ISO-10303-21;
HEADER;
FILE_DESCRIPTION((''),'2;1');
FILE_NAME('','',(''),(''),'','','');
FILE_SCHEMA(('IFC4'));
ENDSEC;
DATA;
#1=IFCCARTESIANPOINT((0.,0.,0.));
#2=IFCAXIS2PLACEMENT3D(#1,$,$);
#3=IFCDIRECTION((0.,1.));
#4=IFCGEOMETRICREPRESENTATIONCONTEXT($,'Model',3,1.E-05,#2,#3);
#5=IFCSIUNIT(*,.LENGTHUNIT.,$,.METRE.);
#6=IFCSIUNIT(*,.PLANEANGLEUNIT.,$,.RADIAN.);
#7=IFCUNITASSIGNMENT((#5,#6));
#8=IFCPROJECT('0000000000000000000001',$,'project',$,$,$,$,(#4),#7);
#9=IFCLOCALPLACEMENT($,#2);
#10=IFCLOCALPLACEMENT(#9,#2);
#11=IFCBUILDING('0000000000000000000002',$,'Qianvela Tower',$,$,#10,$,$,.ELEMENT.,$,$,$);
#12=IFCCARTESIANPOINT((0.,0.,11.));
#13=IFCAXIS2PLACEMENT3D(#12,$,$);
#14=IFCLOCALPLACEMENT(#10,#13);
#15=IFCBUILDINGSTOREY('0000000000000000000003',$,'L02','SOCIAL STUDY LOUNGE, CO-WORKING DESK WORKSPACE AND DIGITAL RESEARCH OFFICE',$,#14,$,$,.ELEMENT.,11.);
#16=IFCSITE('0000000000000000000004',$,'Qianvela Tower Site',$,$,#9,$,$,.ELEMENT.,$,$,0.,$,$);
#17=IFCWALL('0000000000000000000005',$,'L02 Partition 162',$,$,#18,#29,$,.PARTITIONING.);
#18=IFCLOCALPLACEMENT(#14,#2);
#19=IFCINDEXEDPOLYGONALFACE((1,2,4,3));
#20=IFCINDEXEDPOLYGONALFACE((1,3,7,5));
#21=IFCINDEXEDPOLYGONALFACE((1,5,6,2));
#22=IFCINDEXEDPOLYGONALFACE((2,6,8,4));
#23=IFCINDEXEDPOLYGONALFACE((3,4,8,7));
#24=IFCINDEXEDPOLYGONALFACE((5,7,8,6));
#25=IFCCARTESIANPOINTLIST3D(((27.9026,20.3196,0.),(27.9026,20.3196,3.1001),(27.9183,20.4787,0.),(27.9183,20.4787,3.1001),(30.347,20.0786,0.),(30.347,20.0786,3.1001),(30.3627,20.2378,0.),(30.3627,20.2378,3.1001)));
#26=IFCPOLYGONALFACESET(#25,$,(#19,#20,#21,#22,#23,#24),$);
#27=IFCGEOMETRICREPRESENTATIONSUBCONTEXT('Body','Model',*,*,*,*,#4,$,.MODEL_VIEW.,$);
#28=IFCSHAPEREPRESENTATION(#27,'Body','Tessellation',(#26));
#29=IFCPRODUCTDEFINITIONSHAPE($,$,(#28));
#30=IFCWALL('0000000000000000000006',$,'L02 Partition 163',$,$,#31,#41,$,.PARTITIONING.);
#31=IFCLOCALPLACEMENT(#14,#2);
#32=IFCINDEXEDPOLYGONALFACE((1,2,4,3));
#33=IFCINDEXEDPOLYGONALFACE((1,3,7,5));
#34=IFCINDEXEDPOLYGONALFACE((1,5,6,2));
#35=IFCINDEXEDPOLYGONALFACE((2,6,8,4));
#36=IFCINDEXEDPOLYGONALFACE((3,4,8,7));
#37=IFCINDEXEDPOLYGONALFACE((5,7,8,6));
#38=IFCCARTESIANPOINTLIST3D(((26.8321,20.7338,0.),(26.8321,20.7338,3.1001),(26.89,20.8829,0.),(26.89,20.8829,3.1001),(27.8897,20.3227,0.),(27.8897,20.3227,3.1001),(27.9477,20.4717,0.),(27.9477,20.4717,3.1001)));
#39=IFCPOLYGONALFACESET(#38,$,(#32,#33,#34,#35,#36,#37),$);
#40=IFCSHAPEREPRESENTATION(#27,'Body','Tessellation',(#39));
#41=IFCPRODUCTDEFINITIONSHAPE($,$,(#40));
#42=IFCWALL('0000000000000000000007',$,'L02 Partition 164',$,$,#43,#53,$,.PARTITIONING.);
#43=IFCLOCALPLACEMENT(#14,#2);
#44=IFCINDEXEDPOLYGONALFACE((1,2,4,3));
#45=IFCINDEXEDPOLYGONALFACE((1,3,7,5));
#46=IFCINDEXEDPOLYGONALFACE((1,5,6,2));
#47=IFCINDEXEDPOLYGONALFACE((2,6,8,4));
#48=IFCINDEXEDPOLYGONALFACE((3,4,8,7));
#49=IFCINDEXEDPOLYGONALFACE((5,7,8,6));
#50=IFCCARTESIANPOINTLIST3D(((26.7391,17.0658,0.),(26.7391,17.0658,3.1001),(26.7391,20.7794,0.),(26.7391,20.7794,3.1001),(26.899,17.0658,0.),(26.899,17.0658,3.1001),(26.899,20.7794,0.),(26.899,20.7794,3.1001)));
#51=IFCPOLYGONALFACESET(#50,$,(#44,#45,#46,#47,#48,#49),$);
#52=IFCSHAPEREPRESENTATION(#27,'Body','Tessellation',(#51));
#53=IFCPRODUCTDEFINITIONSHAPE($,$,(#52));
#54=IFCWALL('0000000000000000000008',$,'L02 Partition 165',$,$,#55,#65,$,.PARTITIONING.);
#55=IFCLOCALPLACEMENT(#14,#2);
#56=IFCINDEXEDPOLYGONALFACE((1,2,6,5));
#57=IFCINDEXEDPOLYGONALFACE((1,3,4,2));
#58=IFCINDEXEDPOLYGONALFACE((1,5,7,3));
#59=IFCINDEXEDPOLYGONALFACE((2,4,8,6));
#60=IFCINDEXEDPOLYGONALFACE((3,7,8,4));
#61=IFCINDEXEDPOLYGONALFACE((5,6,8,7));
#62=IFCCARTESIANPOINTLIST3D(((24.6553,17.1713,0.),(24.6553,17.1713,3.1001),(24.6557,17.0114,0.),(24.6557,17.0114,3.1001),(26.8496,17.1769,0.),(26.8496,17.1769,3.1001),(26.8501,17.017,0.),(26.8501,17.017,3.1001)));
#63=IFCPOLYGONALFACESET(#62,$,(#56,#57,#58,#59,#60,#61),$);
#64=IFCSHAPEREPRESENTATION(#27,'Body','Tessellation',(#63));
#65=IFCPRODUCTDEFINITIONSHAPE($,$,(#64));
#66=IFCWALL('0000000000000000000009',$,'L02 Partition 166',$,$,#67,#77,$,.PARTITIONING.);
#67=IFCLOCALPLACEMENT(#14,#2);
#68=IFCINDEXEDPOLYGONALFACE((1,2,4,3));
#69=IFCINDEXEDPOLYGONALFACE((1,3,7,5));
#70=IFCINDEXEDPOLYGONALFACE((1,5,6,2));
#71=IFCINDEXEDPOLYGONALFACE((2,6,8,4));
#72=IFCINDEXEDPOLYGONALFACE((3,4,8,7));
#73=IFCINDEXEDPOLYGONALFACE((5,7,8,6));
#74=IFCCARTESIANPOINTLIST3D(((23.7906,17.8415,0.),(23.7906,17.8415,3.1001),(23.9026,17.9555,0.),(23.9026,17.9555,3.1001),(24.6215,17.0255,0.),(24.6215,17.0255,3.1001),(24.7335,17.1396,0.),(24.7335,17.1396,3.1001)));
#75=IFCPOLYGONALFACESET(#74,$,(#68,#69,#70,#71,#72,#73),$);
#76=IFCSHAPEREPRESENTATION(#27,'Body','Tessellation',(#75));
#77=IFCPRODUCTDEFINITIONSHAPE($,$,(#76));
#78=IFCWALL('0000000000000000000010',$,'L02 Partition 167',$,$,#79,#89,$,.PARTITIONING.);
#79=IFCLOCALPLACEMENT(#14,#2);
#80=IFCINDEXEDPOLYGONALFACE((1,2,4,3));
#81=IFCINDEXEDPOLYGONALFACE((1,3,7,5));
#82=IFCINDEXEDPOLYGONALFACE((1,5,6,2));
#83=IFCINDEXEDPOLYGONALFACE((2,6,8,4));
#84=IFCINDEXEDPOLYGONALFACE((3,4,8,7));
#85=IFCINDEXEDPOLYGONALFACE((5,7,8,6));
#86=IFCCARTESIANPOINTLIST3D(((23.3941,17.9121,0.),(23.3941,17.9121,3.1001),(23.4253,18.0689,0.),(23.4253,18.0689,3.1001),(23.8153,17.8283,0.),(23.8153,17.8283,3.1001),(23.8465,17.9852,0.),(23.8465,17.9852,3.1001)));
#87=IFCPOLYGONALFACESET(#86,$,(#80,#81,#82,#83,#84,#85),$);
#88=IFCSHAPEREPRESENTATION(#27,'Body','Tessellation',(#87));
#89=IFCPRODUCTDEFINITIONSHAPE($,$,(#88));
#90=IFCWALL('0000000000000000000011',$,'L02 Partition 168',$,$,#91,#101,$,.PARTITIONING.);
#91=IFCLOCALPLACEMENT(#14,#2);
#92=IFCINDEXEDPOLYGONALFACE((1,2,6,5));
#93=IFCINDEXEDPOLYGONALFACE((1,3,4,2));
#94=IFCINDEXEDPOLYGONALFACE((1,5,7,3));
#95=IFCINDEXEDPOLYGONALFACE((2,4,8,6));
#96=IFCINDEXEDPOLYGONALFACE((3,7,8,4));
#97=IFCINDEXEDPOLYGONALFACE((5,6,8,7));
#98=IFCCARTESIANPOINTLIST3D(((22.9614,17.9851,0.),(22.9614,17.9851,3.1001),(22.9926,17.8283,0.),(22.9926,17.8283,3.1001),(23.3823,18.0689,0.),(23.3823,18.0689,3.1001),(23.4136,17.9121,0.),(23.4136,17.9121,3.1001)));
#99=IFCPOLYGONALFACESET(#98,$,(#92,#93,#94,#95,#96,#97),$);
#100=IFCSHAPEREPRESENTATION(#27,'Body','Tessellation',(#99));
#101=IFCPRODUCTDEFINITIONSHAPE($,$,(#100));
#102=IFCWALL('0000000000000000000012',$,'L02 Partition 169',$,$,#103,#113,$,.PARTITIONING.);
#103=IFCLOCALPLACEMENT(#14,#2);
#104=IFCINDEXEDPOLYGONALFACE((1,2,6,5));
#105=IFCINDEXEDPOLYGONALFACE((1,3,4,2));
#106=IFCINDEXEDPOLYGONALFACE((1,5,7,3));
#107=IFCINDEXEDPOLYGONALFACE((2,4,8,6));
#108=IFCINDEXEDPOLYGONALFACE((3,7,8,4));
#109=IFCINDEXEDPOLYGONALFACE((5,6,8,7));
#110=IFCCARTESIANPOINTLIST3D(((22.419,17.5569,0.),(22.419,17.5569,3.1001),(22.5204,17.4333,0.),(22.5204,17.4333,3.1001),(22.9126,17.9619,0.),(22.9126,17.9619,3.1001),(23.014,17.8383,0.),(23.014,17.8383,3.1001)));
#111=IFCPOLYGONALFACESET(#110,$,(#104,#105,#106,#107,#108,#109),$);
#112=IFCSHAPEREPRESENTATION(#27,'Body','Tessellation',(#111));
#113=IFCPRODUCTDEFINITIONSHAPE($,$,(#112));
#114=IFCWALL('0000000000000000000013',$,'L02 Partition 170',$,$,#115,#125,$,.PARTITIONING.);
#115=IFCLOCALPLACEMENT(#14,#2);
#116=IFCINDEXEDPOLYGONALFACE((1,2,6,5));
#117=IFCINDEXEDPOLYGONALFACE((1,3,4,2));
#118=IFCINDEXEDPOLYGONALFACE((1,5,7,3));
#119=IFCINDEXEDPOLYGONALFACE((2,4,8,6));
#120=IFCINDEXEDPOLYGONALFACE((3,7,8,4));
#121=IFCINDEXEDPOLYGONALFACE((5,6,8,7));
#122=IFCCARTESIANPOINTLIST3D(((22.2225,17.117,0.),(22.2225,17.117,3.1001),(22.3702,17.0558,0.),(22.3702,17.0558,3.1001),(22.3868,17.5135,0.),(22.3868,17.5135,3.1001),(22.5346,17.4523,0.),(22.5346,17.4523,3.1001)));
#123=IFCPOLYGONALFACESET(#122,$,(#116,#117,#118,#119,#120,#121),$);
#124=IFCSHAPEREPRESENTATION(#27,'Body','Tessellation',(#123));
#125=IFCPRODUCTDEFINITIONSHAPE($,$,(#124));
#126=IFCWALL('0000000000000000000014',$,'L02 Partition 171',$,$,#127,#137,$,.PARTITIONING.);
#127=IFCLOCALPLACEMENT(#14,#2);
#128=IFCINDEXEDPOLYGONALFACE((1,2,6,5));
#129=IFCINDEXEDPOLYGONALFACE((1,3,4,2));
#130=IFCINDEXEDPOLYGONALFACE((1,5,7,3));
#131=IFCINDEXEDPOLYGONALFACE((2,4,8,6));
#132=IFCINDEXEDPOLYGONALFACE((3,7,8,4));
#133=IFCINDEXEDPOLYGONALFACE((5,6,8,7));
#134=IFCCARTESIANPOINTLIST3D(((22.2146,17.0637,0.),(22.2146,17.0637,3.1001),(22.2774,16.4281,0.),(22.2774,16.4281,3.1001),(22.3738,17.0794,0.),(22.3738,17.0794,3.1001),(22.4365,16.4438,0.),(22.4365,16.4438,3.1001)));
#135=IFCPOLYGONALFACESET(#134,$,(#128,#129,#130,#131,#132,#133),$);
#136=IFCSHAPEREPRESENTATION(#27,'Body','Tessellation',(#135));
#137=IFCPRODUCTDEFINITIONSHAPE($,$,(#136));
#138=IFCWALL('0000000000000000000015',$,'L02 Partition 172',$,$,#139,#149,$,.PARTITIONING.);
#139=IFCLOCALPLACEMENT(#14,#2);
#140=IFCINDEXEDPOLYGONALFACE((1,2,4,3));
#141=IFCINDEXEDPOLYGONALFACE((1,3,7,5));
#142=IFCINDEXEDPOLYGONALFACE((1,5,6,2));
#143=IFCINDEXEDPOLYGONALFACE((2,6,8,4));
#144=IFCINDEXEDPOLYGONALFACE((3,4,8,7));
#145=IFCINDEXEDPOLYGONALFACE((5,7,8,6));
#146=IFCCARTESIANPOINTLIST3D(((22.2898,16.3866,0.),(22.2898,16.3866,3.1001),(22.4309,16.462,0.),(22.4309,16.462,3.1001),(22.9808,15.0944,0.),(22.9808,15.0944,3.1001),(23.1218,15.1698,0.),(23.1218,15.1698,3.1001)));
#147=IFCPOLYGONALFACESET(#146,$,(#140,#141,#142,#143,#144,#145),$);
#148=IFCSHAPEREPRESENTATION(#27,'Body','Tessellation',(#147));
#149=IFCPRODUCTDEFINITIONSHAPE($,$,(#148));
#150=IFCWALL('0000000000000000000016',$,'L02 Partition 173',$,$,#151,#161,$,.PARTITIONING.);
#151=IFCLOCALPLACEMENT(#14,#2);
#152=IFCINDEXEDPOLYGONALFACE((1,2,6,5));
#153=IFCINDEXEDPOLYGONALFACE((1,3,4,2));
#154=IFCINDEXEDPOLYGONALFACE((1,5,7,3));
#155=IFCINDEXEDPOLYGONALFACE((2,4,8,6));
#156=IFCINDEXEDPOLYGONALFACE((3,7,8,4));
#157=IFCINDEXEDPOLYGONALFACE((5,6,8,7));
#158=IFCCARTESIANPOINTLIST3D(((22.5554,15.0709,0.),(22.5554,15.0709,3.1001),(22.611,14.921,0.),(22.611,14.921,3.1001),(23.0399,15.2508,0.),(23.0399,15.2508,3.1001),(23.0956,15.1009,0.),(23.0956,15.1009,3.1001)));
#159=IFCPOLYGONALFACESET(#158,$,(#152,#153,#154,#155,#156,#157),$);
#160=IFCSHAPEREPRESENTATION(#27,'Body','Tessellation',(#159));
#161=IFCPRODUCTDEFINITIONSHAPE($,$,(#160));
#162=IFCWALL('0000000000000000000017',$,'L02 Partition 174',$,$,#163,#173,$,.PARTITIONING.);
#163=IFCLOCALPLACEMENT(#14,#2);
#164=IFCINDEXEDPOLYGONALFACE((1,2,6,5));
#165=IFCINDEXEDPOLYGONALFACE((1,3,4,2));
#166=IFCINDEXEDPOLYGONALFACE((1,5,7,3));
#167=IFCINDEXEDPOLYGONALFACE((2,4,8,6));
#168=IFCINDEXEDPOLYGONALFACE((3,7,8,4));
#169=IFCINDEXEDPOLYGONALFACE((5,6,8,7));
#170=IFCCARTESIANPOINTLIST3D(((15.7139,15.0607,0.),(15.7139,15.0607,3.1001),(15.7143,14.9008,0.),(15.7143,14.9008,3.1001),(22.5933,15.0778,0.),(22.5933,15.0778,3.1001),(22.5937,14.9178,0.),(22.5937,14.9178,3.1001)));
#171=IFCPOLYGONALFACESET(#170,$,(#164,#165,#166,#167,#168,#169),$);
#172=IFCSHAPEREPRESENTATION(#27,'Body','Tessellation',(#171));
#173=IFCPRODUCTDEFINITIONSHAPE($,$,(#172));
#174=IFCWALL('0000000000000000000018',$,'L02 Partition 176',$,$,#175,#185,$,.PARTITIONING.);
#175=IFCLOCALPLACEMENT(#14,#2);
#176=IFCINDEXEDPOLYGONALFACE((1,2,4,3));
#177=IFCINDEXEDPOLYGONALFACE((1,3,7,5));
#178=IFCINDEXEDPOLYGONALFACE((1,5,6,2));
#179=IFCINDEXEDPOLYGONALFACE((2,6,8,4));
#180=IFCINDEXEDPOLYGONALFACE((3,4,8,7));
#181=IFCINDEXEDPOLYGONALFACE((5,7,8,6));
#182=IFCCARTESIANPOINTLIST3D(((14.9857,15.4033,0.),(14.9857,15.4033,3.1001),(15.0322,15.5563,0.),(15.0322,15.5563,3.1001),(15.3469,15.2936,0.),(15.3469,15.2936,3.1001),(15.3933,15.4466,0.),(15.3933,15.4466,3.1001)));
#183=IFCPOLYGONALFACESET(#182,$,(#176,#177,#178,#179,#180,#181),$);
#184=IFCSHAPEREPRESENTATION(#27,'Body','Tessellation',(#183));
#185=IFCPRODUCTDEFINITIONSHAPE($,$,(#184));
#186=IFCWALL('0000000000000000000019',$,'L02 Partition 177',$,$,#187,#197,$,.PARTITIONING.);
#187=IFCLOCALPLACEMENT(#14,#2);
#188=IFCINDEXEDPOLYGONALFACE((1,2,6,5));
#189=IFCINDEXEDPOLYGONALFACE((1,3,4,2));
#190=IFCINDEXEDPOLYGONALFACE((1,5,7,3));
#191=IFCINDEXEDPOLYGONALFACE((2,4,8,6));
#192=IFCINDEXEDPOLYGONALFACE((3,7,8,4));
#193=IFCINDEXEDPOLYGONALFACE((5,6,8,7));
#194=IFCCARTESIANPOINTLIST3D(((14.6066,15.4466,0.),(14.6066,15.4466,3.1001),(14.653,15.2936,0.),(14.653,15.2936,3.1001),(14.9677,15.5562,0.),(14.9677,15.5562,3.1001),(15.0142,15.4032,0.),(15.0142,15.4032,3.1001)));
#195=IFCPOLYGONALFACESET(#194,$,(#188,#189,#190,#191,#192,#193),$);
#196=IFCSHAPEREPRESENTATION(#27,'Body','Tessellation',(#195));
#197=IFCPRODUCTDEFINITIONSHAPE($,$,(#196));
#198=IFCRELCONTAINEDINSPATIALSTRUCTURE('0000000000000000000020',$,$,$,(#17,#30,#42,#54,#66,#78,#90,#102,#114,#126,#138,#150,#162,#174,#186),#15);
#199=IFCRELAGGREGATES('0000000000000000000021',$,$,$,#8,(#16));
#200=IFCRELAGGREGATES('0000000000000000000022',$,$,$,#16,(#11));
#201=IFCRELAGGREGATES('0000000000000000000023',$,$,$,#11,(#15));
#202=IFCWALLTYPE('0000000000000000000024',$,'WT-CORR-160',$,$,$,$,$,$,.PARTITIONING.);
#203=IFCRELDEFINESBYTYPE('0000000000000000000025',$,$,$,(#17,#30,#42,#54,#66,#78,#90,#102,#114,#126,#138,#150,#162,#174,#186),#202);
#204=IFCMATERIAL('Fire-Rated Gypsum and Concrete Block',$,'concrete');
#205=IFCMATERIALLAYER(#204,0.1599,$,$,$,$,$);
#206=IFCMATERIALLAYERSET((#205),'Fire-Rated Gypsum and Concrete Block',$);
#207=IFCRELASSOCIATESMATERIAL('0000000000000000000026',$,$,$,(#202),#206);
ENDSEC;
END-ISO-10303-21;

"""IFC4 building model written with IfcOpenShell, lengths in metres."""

from ifc_helpers import new_model, si_unit, direction, frame, frame_2d, origin, place, context, subcontext, project, spatial, rectangle, extrude, material, layer, layer_set, type_object, element, save


model = new_model("IFC4")

# Units and contexts
model_context = context("Model", 3, precision=1e-05, world=origin(), true_north=direction((0.0, 1.0)))
body_context = subcontext(model_context, "Body", "Model", "MODEL_VIEW")
ifc_project = project(units=[si_unit("LENGTHUNIT", "METRE"), si_unit("PLANEANGLEUNIT", "RADIAN")], contexts=[model_context])

# Site, building, storey
site_placement = place(None, origin())
site = spatial("IfcSite", under=ifc_project, at=site_placement, Name="Qianvela Tower Site", CompositionType="ELEMENT", RefElevation=0.0)
building_placement = place(site_placement, origin())
building = spatial("IfcBuilding", under=site, at=building_placement, Name="Qianvela Tower", CompositionType="ELEMENT")
storey_placement = place(building_placement, frame((0.0, 0.0, 11.0)))
storey = spatial("IfcBuildingStorey", under=building, at=storey_placement, Name="L02", Description="SOCIAL STUDY LOUNGE, CO-WORKING DESK WORKSPACE AND DIGITAL RESEARCH OFFICE", CompositionType="ELEMENT", Elevation=11.0)

# Walls
ifc_material_1 = material(Name="Fire-Rated Gypsum and Concrete Block", Category="concrete")
ifc_layer_1 = layer(ifc_material_1, 0.1599)
ifc_layer_set_1 = layer_set([ifc_layer_1], Name="Fire-Rated Gypsum and Concrete Block")
wall_type_1 = type_object("IfcWallType", Name="WT-CORR-160", PredefinedType="PARTITIONING", material=ifc_layer_set_1)
wall_1_placement = place(storey_placement, frame((30.3547, 20.1582, 0.0), z_axis=(0.0, 0.0, 1.0), x_axis=(-0.995176, 0.098106, 0.0)))
element("IfcWall", 1, at=wall_1_placement, inside=storey, type_object=wall_type_1, Name="L02 Partition 162", PredefinedType="PARTITIONING", context=body_context, shape_type="SweptSolid", body=[
    extrude(rectangle(XDim=2.4563, YDim=0.1599, at=frame_2d((1.228, 0.0))), origin(), (0.0, 0.0, 1.0), 3.1001),
])
wall_2_placement = place(storey_placement, frame((27.9187, 20.3972, 0.0), z_axis=(0.0, 0.0, 1.0), x_axis=(-0.932053, 0.362322, 0.0)))
element("IfcWall", 2, at=wall_2_placement, inside=storey, type_object=wall_type_1, Name="L02 Partition 163", PredefinedType="PARTITIONING", context=body_context, shape_type="SweptSolid", body=[
    extrude(rectangle(XDim=1.1348, YDim=0.1599, at=frame_2d((0.5674, 0.0))), origin(), (0.0, 0.0, 1.0), 3.1001),
])
wall_3_placement = place(storey_placement, frame((26.8191, 20.7795, 0.0), z_axis=(0.0, 0.0, 1.0), x_axis=(0.0, -1.0, 0.0)))
element("IfcWall", 3, at=wall_3_placement, inside=storey, type_object=wall_type_1, Name="L02 Partition 164", PredefinedType="PARTITIONING", context=body_context, shape_type="SweptSolid", body=[
    extrude(rectangle(XDim=3.7136, YDim=0.1599, at=frame_2d((1.8569, 0.0))), origin(), (0.0, 0.0, 1.0), 3.1001),
])
wall_4_placement = place(storey_placement, frame((26.8499, 17.0969, 0.0), z_axis=(0.0, 0.0, 1.0), x_axis=(-0.999997, -0.002559, 0.0)))
element("IfcWall", 4, at=wall_4_placement, inside=storey, type_object=wall_type_1, Name="L02 Partition 165", PredefinedType="PARTITIONING", context=body_context, shape_type="SweptSolid", body=[
    extrude(rectangle(XDim=2.1943, YDim=0.1599, at=frame_2d((1.0972, 0.0))), origin(), (0.0, 0.0, 1.0), 3.1001),
])
wall_5_placement = place(storey_placement, frame((24.6775, 17.0825, 0.0), z_axis=(0.0, 0.0, 1.0), x_axis=(-0.713472, 0.700683, 0.0)))
element("IfcWall", 5, at=wall_5_placement, inside=storey, type_object=wall_type_1, Name="L02 Partition 166", PredefinedType="PARTITIONING", context=body_context, shape_type="SweptSolid", body=[
    extrude(rectangle(XDim=1.1646, YDim=0.1599, at=frame_2d((0.5823, 0.0))), origin(), (0.0, 0.0, 1.0), 3.1001),
])
wall_6_placement = place(storey_placement, frame((23.8311, 17.9067, 0.0), z_axis=(0.0, 0.0, 1.0), x_axis=(-0.980799, 0.195023, 0.0)))
element("IfcWall", 6, at=wall_6_placement, inside=storey, type_object=wall_type_1, Name="L02 Partition 167", PredefinedType="PARTITIONING", context=body_context, shape_type="SweptSolid", body=[
    extrude(rectangle(XDim=0.4294, YDim=0.1599, at=frame_2d((0.2148, 0.0))), origin(), (0.0, 0.0, 1.0), 3.1001),
])
wall_7_placement = place(storey_placement, frame((23.3979, 17.9905, 0.0), z_axis=(0.0, 0.0, 1.0), x_axis=(-0.980777, -0.195131, 0.0)))
element("IfcWall", 7, at=wall_7_placement, inside=storey, type_object=wall_type_1, Name="L02 Partition 168", PredefinedType="PARTITIONING", context=body_context, shape_type="SweptSolid", body=[
    extrude(rectangle(XDim=0.4292, YDim=0.1599, at=frame_2d((0.2146, 0.0))), origin(), (0.0, 0.0, 1.0), 3.1001),
])
wall_8_placement = place(storey_placement, frame((22.9634, 17.9001, 0.0), z_axis=(0.0, 0.0, 1.0), x_axis=(-0.773088, -0.634299, 0.0)))
element("IfcWall", 8, at=wall_8_placement, inside=storey, type_object=wall_type_1, Name="L02 Partition 169", PredefinedType="PARTITIONING", context=body_context, shape_type="SweptSolid", body=[
    extrude(rectangle(XDim=0.6384, YDim=0.1599, at=frame_2d((0.3193, 0.0))), origin(), (0.0, 0.0, 1.0), 3.1001),
])
wall_9_placement = place(storey_placement, frame((22.4607, 17.4829, 0.0), z_axis=(0.0, 0.0, 1.0), x_axis=(-0.382837, -0.923816, 0.0)))
element("IfcWall", 9, at=wall_9_placement, inside=storey, type_object=wall_type_1, Name="L02 Partition 170", PredefinedType="PARTITIONING", context=body_context, shape_type="SweptSolid", body=[
    extrude(rectangle(XDim=0.4292, YDim=0.1599, at=frame_2d((0.2146, 0.0))), origin(), (0.0, 0.0, 1.0), 3.1001),
])
wall_10_placement = place(storey_placement, frame((22.2942, 17.0715, 0.0), z_axis=(0.0, 0.0, 1.0), x_axis=(0.098254, -0.995161, 0.0)))
element("IfcWall", 10, at=wall_10_placement, inside=storey, type_object=wall_type_1, Name="L02 Partition 171", PredefinedType="PARTITIONING", context=body_context, shape_type="SweptSolid", body=[
    extrude(rectangle(XDim=0.6387, YDim=0.1599, at=frame_2d((0.3193, 0.0))), origin(), (0.0, 0.0, 1.0), 3.1001),
])
wall_11_placement = place(storey_placement, frame((22.3604, 16.4243, 0.0), z_axis=(0.0, 0.0, 1.0), x_axis=(0.471505, -0.881864, 0.0)))
element("IfcWall", 11, at=wall_11_placement, inside=storey, type_object=wall_type_1, Name="L02 Partition 172", PredefinedType="PARTITIONING", context=body_context, shape_type="SweptSolid", body=[
    extrude(rectangle(XDim=1.4653, YDim=0.1599, at=frame_2d((0.7327, 0.0))), origin(), (0.0, 0.0, 1.0), 3.1001),
])
wall_12_placement = place(storey_placement, frame((23.0676, 15.1758, 0.0), z_axis=(0.0, 0.0, 1.0), x_axis=(-0.937469, -0.348068, 0.0)))
element("IfcWall", 12, at=wall_12_placement, inside=storey, type_object=wall_type_1, Name="L02 Partition 173", PredefinedType="PARTITIONING", context=body_context, shape_type="SweptSolid", body=[
    extrude(rectangle(XDim=0.5168, YDim=0.1599, at=frame_2d((0.2583, 0.0))), origin(), (0.0, 0.0, 1.0), 3.1001),
])
wall_13_placement = place(storey_placement, frame((22.5935, 14.9978, 0.0), z_axis=(0.0, 0.0, 1.0), x_axis=(-0.999997, -0.002484, 0.0)))
element("IfcWall", 13, at=wall_13_placement, inside=storey, type_object=wall_type_1, Name="L02 Partition 174", PredefinedType="PARTITIONING", context=body_context, shape_type="SweptSolid", body=[
    extrude(rectangle(XDim=6.8794, YDim=0.1599, at=frame_2d((3.4397, 0.0))), origin(), (0.0, 0.0, 1.0), 3.1001),
])
for number, where, z_axis, x_axis, name in (
    (14, (15.3701, 15.3701, 0.0), (0.0, 0.0, 1.0), (-0.956877, 0.290492, 0.0), "L02 Partition 176"),
    (15, (14.991, 15.4797, 0.0), (0.0, 0.0, 1.0), (-0.956877, -0.290492, 0.0), "L02 Partition 177"),
):
    element("IfcWall", number, at=place(storey_placement, frame(where, z_axis=z_axis, x_axis=x_axis)), inside=storey, type_object=wall_type_1, Name=name, PredefinedType="PARTITIONING", context=body_context, shape_type="SweptSolid", body=[
        extrude(rectangle(XDim=0.3774, YDim=0.1599, at=frame_2d((0.1887, 0.0))), origin(), (0.0, 0.0, 1.0), 3.1001),
    ])

save(model, "model.ifc")
